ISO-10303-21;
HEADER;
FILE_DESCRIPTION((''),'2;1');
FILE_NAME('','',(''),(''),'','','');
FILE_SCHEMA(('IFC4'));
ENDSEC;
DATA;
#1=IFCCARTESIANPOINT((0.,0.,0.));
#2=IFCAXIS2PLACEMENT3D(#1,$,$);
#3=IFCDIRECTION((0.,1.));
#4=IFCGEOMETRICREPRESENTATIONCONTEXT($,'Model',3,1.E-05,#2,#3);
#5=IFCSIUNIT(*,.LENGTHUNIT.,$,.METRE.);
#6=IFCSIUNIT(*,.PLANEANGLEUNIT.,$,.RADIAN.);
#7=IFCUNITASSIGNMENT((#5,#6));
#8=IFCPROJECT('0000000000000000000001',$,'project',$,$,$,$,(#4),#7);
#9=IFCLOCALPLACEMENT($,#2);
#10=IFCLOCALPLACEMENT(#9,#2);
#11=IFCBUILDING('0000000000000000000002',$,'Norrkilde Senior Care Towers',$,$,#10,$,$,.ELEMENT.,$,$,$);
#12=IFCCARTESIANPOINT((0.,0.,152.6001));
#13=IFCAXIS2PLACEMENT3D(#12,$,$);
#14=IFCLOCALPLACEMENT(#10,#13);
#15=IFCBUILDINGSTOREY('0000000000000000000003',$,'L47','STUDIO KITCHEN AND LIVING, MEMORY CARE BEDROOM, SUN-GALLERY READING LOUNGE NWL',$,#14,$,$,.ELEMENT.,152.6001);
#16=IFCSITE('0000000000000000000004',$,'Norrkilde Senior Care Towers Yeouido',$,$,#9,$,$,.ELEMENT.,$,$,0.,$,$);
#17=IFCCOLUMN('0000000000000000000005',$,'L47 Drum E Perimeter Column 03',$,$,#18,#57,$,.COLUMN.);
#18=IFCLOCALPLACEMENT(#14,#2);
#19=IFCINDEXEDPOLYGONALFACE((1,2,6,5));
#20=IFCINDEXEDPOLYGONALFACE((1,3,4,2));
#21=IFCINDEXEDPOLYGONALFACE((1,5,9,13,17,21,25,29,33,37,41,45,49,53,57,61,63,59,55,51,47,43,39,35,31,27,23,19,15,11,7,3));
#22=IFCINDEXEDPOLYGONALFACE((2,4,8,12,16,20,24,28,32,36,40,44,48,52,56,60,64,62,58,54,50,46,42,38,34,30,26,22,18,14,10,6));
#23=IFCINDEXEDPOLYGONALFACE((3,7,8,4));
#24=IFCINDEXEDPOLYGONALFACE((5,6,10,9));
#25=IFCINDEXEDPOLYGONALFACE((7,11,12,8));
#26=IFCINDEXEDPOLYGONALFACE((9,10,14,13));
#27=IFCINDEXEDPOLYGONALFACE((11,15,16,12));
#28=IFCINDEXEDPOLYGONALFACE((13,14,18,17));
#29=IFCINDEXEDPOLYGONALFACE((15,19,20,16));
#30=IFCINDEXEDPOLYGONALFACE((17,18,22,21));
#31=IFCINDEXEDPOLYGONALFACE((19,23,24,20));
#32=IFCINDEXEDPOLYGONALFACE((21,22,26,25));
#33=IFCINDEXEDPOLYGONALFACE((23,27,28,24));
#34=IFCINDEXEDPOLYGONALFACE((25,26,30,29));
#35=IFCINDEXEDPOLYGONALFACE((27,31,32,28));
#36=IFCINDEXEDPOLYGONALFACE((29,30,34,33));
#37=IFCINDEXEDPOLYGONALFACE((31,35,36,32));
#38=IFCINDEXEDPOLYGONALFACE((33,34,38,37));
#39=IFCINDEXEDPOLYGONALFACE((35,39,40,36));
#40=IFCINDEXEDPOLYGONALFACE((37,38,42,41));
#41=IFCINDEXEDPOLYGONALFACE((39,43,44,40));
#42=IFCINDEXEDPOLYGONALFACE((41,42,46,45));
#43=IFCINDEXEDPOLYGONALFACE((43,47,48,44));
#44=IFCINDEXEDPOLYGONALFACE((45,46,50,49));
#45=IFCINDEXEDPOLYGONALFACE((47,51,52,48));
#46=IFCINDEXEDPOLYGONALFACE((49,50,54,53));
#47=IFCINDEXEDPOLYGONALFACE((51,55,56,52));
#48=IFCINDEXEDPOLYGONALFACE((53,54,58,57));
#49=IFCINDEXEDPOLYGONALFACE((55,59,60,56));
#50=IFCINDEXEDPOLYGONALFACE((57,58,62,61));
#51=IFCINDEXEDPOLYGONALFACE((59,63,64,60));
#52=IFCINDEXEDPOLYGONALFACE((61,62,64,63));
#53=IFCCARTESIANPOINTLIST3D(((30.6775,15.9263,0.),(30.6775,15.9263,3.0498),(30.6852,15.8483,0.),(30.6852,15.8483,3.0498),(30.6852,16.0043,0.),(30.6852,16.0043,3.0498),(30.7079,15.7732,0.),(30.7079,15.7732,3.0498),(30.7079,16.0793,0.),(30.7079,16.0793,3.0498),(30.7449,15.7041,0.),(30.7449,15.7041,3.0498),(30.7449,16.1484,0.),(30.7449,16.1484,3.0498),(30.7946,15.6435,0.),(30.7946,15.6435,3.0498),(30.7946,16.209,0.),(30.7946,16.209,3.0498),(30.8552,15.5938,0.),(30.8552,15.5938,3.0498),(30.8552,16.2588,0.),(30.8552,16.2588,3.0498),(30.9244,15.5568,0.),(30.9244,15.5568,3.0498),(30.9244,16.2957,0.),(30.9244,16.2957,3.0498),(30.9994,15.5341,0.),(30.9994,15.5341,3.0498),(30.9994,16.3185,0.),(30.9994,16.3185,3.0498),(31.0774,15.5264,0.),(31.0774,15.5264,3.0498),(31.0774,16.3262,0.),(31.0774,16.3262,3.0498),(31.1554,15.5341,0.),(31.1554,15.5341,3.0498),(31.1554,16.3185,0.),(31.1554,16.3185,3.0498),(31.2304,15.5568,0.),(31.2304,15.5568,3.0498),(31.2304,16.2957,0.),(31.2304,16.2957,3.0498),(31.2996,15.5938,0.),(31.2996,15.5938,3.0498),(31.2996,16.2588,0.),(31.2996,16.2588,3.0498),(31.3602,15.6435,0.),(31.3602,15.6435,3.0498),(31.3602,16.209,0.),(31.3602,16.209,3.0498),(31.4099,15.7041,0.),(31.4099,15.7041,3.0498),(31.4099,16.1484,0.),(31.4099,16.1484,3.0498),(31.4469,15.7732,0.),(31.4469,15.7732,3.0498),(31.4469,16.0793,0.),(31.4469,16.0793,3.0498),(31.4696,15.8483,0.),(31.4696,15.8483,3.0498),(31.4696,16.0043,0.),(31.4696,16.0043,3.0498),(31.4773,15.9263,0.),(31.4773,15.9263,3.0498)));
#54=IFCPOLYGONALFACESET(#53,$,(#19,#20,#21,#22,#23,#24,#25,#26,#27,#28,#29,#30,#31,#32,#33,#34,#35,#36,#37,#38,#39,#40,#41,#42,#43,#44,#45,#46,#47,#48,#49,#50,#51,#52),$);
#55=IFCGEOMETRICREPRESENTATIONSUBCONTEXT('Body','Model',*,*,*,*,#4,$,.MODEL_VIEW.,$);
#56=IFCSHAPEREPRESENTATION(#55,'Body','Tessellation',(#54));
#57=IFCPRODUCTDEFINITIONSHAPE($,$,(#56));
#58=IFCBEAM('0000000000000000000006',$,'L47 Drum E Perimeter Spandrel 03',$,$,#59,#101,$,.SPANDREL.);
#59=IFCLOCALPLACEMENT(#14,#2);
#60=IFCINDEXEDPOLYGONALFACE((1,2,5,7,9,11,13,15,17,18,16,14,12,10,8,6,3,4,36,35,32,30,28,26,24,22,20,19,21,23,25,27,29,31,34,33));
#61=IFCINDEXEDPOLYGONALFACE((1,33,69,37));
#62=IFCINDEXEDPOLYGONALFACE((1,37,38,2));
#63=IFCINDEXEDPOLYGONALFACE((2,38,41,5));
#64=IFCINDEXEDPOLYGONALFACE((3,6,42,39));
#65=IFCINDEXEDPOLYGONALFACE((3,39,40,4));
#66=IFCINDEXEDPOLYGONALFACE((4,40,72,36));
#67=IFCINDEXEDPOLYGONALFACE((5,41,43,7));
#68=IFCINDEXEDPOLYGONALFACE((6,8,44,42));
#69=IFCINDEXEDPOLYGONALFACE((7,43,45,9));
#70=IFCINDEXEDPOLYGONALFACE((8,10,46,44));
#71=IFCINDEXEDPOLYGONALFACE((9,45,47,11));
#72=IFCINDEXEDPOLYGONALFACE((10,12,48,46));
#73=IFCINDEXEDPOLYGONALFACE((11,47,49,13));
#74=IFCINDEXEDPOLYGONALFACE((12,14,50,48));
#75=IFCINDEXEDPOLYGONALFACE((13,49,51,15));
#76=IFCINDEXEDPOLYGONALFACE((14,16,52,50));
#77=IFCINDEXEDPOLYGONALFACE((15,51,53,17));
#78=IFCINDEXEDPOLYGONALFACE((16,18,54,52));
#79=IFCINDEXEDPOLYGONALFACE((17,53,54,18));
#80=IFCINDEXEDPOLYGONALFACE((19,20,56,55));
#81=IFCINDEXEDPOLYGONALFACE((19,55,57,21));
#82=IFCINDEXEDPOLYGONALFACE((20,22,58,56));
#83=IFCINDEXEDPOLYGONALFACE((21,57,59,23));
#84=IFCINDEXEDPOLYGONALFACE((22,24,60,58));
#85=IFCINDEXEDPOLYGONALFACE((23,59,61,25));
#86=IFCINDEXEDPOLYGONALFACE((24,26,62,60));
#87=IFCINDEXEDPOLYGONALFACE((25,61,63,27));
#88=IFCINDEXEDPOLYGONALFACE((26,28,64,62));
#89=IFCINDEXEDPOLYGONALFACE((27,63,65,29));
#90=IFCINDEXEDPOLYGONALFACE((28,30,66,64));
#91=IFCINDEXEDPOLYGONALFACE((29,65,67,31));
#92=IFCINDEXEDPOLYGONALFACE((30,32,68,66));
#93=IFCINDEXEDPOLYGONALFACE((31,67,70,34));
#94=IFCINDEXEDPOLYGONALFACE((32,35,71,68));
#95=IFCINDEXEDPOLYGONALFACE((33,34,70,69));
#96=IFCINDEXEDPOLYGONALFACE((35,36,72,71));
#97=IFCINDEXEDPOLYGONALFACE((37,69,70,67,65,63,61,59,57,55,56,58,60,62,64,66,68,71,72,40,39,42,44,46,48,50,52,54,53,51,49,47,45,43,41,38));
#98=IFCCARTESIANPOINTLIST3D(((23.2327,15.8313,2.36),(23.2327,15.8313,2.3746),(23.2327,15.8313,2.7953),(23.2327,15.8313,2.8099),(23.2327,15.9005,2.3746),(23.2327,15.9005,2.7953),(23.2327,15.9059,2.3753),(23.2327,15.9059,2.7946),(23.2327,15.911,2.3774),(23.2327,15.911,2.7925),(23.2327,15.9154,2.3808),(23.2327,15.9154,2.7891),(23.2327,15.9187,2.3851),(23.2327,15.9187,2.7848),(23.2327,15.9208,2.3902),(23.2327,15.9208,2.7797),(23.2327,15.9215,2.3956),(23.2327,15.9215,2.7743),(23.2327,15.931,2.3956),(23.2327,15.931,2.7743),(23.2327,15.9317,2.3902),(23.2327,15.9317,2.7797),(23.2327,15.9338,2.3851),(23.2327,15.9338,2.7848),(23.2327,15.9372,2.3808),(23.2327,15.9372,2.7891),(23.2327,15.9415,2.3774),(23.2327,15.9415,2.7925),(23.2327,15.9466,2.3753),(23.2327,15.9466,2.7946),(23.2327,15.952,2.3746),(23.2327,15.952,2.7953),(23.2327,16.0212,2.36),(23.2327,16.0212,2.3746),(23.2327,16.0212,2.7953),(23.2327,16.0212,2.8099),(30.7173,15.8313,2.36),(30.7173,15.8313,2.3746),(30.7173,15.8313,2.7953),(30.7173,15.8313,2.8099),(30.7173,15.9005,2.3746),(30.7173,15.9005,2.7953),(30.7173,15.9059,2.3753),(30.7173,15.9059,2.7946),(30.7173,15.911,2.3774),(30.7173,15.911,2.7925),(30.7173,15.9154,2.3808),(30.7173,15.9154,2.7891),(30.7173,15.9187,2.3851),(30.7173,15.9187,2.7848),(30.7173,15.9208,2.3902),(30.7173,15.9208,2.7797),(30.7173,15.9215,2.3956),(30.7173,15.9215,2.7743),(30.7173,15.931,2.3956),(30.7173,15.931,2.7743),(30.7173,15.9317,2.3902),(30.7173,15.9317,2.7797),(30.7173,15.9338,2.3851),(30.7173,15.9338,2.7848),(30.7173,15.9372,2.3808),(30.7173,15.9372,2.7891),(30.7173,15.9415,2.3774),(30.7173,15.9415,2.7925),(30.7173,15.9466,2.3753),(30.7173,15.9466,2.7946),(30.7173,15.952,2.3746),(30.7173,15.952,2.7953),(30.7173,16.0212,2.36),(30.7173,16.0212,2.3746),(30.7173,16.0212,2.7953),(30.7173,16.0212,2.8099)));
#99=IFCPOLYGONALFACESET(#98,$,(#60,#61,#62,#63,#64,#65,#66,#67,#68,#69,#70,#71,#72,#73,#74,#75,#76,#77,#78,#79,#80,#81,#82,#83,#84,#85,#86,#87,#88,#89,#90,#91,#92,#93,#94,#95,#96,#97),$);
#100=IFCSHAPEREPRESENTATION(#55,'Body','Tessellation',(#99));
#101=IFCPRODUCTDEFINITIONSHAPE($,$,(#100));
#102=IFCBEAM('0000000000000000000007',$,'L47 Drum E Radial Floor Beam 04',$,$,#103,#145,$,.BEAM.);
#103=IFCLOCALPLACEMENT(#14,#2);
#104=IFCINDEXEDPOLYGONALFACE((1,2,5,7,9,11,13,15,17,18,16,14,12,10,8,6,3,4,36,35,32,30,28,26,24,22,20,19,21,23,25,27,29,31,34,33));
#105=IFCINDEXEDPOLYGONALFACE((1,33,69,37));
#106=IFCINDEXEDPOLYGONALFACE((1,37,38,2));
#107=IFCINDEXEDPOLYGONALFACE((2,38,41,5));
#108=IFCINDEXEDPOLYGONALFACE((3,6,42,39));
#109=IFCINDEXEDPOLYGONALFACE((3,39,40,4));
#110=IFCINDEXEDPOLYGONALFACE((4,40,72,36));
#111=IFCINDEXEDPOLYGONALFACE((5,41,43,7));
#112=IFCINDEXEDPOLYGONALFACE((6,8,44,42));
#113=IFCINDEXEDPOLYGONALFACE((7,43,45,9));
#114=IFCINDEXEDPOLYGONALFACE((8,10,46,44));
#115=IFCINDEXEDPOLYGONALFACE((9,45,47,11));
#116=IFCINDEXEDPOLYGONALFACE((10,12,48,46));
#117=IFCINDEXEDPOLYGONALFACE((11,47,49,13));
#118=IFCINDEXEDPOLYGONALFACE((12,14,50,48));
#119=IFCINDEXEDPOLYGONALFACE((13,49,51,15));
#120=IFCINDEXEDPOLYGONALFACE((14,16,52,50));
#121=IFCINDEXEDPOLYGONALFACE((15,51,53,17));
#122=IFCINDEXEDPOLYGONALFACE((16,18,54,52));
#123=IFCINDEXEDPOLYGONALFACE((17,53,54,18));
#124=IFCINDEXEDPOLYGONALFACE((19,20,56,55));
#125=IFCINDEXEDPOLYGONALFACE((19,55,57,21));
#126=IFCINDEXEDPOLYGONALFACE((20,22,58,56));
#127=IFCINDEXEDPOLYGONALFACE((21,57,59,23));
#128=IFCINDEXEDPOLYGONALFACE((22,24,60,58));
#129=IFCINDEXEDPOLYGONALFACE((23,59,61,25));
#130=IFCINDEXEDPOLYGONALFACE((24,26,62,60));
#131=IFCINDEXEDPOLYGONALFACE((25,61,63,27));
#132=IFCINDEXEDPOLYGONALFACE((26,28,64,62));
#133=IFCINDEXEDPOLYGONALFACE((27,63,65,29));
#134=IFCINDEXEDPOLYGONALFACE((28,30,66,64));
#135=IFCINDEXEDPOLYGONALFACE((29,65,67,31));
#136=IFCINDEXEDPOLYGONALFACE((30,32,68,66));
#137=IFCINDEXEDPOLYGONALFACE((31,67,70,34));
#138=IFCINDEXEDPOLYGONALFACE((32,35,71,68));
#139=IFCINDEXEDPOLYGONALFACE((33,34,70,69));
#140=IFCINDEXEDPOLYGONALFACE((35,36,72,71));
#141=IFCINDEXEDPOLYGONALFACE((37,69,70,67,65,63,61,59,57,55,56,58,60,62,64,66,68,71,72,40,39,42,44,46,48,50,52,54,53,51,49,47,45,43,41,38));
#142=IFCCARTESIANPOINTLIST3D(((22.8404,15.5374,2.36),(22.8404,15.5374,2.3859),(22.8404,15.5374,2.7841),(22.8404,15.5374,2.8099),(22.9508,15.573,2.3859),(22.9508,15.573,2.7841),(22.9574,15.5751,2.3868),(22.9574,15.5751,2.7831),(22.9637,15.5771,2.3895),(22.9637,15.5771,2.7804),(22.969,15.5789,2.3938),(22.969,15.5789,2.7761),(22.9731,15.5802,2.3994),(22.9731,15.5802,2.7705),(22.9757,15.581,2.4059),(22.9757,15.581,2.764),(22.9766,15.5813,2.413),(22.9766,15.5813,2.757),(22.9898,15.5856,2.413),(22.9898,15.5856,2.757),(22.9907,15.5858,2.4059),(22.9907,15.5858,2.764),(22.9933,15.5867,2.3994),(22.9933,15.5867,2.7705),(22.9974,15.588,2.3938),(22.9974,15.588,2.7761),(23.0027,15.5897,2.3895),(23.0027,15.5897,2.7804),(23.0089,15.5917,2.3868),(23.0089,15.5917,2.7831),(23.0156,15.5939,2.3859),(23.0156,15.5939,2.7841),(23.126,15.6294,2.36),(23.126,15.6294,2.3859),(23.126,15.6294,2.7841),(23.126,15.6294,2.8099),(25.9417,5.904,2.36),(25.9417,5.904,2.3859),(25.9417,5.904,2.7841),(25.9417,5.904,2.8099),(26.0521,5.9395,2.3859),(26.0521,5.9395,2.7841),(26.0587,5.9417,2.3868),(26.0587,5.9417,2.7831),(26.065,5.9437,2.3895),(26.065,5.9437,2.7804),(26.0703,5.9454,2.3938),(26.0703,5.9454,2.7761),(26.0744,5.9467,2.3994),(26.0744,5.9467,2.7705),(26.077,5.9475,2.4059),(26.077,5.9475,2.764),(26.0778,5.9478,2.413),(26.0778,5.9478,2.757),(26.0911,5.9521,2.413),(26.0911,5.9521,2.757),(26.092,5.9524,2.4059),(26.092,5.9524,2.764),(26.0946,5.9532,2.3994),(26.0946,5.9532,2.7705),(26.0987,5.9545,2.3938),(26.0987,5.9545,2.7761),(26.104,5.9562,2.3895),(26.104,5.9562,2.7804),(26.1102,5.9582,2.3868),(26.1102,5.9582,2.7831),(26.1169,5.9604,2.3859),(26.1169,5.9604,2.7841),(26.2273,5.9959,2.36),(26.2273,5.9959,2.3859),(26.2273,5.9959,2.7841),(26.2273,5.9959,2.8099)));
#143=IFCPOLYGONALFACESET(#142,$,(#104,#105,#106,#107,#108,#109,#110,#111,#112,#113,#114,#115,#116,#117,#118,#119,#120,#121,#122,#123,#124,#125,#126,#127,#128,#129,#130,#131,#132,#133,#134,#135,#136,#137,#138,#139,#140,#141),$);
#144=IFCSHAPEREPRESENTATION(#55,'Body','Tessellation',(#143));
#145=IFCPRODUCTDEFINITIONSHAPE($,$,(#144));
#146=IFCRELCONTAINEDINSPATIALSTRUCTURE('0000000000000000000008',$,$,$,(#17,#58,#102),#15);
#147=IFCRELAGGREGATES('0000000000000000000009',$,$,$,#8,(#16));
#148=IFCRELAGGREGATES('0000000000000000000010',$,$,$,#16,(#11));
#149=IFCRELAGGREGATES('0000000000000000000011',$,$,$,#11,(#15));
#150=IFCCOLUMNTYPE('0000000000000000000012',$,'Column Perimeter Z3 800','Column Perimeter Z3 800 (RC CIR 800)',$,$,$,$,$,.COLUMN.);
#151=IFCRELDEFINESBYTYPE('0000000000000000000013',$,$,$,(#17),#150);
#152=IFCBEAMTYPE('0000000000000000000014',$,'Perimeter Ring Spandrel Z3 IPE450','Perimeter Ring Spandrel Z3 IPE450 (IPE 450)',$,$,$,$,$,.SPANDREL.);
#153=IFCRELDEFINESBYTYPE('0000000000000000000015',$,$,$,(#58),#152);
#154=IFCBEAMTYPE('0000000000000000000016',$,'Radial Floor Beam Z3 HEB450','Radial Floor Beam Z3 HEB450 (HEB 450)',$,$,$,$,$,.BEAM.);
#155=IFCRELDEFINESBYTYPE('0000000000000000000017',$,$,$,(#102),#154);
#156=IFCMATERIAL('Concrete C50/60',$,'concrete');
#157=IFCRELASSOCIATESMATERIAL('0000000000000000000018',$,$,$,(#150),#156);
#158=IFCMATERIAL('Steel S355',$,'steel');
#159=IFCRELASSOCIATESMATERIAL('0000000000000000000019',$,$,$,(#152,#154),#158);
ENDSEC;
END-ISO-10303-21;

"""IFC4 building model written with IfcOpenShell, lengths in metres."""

from ifc_helpers import new_model, si_unit, direction, frame, origin, origin_2d, place, context, subcontext, project, spatial, circle, i_section, extrude, source, transform, mapped, material, material_profile, profile_set, type_object, type_shapes, element, save


model = new_model("IFC4")

# Units and contexts
model_context = context("Model", 3, precision=1e-05, world=origin(), true_north=direction((0.0, 1.0)))
body_context = subcontext(model_context, "Body", "Model", "MODEL_VIEW")
ifc_project = project(units=[si_unit("LENGTHUNIT", "METRE"), si_unit("PLANEANGLEUNIT", "RADIAN")], contexts=[model_context])

# Site, building, storey
site_placement = place(None, origin())
site = spatial("IfcSite", under=ifc_project, at=site_placement, Name="Norrkilde Senior Care Towers Yeouido", CompositionType="ELEMENT", RefElevation=0.0)
building_placement = place(site_placement, origin())
building = spatial("IfcBuilding", under=site, at=building_placement, Name="Norrkilde Senior Care Towers", CompositionType="ELEMENT")
storey_placement = place(building_placement, frame((0.0, 0.0, 152.6001)))
storey = spatial("IfcBuildingStorey", under=building, at=storey_placement, Name="L47", Description="STUDIO KITCHEN AND LIVING, MEMORY CARE BEDROOM, SUN-GALLERY READING LOUNGE NWL", CompositionType="ELEMENT", Elevation=152.6001)

# Column
ifc_material_1 = material(Name="Concrete C50/60", Category="concrete")
ifc_material_profile_1 = material_profile(ifc_material_1, circle(Radius=0.3999, at=origin_2d()), Name="RC CIR 800")
ifc_profile_set_1 = profile_set([ifc_material_profile_1], Name="Concrete C50/60")
column_type = type_object("IfcColumnType", Name="Column Perimeter Z3 800", Description="Column Perimeter Z3 800 (RC CIR 800)", PredefinedType="COLUMN", material=ifc_profile_set_1)
shared_shape_1 = source(origin(), body_context, "Body", "SweptSolid", [
    extrude(circle(Radius=0.3999, at=origin_2d()), origin(), (0.0, 0.0, 1.0), 3.0498),
])
type_shapes(column_type, [shared_shape_1])
column_placement = place(storey_placement, frame((31.0774, 15.9263, 0.0), z_axis=(0.0, 0.0, 1.0), x_axis=(1.0, 0.0, 0.0)))
element("IfcColumn", 1, at=column_placement, inside=storey, type_object=column_type, Name="L47 Drum E Perimeter Column 03", PredefinedType="COLUMN", context=body_context, shape_type="MappedRepresentation", body=[
    mapped(shared_shape_1, transform((0.0, 0.0, 0.0), x_axis=(1.0, 0.0, 0.0), y_axis=(0.0, 1.0, 0.0), z_axis=(0.0, 0.0, 1.0), scale=1.0)),
])

# Beams
ifc_material_2 = material(Name="Steel S355", Category="steel")
ifc_material_profile_2 = material_profile(ifc_material_2, i_section(OverallWidth=0.1899, OverallDepth=0.45, WebThickness=0.0095, FlangeThickness=0.0146, FilletRadius=0.021, at=origin_2d()), Name="IPE 450")
ifc_profile_set_2 = profile_set([ifc_material_profile_2], Name="Steel S355")
beam_type_1 = type_object("IfcBeamType", Name="Perimeter Ring Spandrel Z3 IPE450", Description="Perimeter Ring Spandrel Z3 IPE450 (IPE 450)", PredefinedType="SPANDREL", material=ifc_profile_set_2)
shared_shape_2 = source(origin(), body_context, "Body", "SweptSolid", [
    extrude(i_section(OverallWidth=0.1899, OverallDepth=0.45, WebThickness=0.0095, FlangeThickness=0.0146, FilletRadius=0.021, at=origin_2d()), origin(), (0.0, 0.0, 1.0), 7.4846),
])
type_shapes(beam_type_1, [shared_shape_2])
beam_1_placement = place(storey_placement, frame((30.7173, 15.9263, 2.585), z_axis=(-1.0, 0.0, 0.0), x_axis=(0.0, -1.0, 0.0)))
element("IfcBeam", 2, at=beam_1_placement, inside=storey, type_object=beam_type_1, Name="L47 Drum E Perimeter Spandrel 03", PredefinedType="SPANDREL", context=body_context, shape_type="MappedRepresentation", body=[
    mapped(shared_shape_2, transform((0.0, 0.0, 0.0), x_axis=(1.0, 0.0, 0.0), y_axis=(0.0, 1.0, 0.0), z_axis=(0.0, 0.0, 1.0), scale=1.0)),
])
ifc_material_profile_3 = material_profile(ifc_material_2, i_section(OverallWidth=0.3, OverallDepth=0.45, WebThickness=0.0139, FlangeThickness=0.0259, FilletRadius=0.0271, at=origin_2d()), Name="HEB 450")
ifc_profile_set_3 = profile_set([ifc_material_profile_3], Name="Steel S355")
beam_type_2 = type_object("IfcBeamType", Name="Radial Floor Beam Z3 HEB450", Description="Radial Floor Beam Z3 HEB450 (HEB 450)", PredefinedType="BEAM", material=ifc_profile_set_3)
shared_shape_3 = source(origin(), body_context, "Body", "SweptSolid", [
    extrude(i_section(OverallWidth=0.3, OverallDepth=0.45, WebThickness=0.0139, FlangeThickness=0.0259, FilletRadius=0.0271, at=origin_2d()), origin(), (0.0, 0.0, 1.0), 10.1204),
])
beam_2_placement = place(storey_placement, frame((26.0845, 5.95, 2.585), z_axis=(-0.306441, 0.95189, 0.0), x_axis=(-0.95189, -0.306441, 0.0)))
element("IfcBeam", 3, at=beam_2_placement, inside=storey, type_object=beam_type_2, Name="L47 Drum E Radial Floor Beam 04", PredefinedType="BEAM", context=body_context, shape_type="MappedRepresentation", body=[
    mapped(shared_shape_3, transform((0.0, 0.0, 0.0), x_axis=(1.0, 0.0, 0.0), y_axis=(0.0, 1.0, 0.0), z_axis=(0.0, 0.0, 1.0), scale=1.0)),
])

save(model, "model.ifc")
